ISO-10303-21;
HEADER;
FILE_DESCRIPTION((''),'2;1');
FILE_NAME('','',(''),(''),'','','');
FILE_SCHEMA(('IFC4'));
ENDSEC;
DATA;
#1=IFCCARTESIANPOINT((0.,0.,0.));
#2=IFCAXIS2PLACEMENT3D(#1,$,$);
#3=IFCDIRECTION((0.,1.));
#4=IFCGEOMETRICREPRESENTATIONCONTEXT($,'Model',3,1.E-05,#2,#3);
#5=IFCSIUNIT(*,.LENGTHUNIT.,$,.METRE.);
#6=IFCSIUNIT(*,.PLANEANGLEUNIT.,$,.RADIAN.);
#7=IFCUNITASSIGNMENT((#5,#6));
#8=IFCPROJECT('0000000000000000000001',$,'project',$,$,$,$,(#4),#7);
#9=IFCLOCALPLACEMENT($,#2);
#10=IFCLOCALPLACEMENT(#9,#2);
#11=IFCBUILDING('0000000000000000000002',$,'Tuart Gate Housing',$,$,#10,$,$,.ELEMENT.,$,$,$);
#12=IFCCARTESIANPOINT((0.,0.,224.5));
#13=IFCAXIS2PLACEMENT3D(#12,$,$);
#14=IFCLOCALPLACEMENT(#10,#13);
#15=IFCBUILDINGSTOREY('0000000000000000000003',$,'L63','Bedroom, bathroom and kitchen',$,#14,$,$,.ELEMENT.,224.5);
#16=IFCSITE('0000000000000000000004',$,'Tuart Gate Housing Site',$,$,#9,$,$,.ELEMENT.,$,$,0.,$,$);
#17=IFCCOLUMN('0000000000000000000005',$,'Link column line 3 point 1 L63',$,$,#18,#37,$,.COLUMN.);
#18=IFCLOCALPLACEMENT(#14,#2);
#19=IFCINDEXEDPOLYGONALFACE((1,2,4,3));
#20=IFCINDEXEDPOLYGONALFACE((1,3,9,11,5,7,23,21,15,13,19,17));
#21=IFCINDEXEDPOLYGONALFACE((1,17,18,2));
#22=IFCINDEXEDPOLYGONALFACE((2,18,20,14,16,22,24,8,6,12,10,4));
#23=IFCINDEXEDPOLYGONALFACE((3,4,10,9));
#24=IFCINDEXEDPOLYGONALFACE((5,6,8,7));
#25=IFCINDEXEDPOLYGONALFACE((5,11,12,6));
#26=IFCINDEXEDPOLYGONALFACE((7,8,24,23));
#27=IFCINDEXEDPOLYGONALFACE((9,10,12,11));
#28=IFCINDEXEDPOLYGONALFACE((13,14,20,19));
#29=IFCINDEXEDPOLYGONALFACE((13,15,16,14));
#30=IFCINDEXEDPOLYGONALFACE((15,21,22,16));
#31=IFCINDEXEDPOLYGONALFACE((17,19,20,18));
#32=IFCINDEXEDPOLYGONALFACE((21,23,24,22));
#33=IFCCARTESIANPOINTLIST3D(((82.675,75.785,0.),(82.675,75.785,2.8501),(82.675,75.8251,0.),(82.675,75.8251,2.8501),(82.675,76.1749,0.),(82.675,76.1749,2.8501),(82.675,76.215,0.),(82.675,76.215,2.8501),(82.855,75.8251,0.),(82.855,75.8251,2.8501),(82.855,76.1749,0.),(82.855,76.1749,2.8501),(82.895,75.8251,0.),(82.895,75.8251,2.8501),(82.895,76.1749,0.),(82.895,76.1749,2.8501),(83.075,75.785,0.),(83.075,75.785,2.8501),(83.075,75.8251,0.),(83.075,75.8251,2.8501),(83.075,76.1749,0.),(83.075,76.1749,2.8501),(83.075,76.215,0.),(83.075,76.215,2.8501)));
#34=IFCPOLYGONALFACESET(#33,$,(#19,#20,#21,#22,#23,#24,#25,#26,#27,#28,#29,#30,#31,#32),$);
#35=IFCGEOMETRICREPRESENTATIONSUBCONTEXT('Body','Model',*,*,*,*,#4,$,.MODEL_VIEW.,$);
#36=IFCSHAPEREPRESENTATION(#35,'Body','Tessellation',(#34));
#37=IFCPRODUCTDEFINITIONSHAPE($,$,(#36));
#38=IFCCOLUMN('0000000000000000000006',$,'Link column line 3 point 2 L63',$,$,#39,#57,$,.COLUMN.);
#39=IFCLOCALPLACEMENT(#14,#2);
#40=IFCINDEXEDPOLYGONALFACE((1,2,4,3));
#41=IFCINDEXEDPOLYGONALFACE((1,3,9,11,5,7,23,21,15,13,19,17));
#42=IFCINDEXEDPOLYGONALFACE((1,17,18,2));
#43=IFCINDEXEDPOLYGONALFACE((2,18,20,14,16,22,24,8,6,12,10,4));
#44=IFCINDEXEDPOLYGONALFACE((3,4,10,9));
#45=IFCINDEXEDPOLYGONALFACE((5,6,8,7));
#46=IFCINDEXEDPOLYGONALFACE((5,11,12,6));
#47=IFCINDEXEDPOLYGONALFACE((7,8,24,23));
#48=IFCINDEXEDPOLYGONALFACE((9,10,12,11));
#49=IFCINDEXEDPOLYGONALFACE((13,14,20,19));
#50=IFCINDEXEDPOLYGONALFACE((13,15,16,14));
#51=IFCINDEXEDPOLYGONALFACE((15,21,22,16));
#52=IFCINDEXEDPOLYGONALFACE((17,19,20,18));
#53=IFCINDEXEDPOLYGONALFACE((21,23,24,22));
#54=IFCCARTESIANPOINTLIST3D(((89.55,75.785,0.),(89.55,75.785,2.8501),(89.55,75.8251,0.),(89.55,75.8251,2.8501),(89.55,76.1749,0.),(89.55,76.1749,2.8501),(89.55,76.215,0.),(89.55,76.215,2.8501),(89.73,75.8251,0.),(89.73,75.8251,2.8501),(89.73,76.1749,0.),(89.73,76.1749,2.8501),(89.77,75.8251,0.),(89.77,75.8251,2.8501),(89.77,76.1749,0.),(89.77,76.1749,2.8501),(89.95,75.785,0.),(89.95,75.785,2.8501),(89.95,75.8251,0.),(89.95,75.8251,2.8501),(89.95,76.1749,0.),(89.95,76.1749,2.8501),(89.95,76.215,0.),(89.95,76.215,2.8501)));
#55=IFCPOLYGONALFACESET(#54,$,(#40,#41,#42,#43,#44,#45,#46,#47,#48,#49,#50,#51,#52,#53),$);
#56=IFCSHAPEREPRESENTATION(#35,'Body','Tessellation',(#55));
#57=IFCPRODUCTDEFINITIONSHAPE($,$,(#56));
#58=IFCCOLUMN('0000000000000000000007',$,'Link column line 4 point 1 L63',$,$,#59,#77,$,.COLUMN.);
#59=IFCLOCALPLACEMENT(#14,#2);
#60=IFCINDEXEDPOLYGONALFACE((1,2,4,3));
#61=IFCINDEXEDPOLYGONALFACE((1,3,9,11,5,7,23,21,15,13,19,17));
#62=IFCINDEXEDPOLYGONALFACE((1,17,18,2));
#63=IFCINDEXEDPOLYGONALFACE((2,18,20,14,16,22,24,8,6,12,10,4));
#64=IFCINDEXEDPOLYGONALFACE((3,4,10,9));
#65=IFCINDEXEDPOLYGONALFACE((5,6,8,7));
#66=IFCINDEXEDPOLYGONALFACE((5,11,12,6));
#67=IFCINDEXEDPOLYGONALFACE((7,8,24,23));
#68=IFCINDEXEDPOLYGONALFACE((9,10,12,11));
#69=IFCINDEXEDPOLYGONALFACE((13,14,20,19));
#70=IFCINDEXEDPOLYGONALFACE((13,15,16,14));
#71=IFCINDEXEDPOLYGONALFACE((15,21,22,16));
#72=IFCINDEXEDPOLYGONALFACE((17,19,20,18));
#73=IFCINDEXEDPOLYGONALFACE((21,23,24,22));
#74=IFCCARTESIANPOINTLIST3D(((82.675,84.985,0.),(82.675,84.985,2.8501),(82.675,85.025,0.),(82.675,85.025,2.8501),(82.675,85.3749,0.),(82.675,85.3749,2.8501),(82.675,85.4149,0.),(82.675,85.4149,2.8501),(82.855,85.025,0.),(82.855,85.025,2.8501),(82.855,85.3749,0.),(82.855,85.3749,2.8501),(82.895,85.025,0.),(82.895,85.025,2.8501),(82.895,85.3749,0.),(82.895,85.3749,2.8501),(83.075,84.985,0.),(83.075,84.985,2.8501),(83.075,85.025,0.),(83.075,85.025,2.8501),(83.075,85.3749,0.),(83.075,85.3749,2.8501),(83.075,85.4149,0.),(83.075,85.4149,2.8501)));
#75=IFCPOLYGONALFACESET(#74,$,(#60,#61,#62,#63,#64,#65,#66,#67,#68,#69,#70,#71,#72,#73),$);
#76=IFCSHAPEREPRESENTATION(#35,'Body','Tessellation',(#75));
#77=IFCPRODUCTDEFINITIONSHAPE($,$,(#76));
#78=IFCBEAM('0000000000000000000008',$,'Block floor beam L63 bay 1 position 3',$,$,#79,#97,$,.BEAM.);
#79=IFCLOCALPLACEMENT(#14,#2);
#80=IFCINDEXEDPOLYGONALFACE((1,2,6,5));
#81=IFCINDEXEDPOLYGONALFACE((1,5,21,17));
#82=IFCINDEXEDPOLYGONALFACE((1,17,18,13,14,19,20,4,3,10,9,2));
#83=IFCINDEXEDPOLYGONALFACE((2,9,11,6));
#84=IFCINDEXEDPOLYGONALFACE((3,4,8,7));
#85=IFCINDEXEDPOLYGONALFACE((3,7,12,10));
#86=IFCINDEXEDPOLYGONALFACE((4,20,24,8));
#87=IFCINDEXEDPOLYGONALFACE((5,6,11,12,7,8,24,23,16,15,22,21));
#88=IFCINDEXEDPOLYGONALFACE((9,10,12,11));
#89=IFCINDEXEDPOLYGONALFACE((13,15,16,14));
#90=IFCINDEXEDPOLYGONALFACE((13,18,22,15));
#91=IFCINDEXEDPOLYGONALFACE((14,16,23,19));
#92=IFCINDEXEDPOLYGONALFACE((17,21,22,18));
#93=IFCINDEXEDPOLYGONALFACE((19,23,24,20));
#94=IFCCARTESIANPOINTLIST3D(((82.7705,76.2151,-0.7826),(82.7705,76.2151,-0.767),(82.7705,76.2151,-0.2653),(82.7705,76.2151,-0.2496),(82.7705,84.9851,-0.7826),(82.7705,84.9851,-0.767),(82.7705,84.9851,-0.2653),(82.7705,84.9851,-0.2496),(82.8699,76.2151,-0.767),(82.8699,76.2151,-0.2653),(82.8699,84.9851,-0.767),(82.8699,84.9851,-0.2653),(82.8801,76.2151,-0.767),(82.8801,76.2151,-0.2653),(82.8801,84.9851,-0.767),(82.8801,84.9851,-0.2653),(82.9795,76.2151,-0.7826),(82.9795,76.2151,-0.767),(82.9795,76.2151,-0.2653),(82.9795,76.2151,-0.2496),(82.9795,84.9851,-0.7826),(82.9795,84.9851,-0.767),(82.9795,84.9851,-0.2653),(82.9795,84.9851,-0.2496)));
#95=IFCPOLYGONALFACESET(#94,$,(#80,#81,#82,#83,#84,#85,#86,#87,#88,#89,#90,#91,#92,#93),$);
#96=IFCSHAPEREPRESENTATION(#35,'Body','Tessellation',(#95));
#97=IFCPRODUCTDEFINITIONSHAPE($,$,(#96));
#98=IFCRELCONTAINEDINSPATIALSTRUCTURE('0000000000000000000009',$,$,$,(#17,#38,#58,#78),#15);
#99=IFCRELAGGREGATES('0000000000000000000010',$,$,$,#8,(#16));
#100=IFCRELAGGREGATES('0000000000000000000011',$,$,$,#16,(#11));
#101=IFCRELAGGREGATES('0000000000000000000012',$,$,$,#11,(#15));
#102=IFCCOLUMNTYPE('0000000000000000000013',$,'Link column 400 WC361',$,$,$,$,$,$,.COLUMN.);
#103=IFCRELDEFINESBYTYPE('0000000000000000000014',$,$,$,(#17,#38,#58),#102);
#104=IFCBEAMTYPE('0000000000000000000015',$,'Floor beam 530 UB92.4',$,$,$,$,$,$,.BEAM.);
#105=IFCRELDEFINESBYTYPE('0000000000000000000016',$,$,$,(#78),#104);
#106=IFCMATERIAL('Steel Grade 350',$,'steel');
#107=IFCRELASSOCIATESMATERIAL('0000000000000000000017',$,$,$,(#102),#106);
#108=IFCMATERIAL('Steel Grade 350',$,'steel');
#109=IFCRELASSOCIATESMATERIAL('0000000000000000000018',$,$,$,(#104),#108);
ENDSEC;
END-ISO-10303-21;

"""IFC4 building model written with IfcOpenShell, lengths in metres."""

from ifc_helpers import new_model, si_unit, direction, frame, origin, origin_2d, place, context, subcontext, project, spatial, i_section, extrude, material, material_profile, profile_set, type_object, element, save


model = new_model("IFC4")

# Units and contexts
model_context = context("Model", 3, precision=1e-05, world=origin(), true_north=direction((0.0, 1.0)))
body_context = subcontext(model_context, "Body", "Model", "MODEL_VIEW")
ifc_project = project(units=[si_unit("LENGTHUNIT", "METRE"), si_unit("PLANEANGLEUNIT", "RADIAN")], contexts=[model_context])

# Site, building, storey
site_placement = place(None, origin())
site = spatial("IfcSite", under=ifc_project, at=site_placement, Name="Tuart Gate Housing Site", CompositionType="ELEMENT", RefElevation=0.0)
building_placement = place(site_placement, origin())
building = spatial("IfcBuilding", under=site, at=building_placement, Name="Tuart Gate Housing", CompositionType="ELEMENT")
storey_placement = place(building_placement, frame((0.0, 0.0, 224.5)))
storey = spatial("IfcBuildingStorey", under=building, at=storey_placement, Name="L63", Description="Bedroom, bathroom and kitchen", CompositionType="ELEMENT", Elevation=224.5)

# Columns
ifc_material_1 = material(Name="Steel Grade 350", Category="steel")
ifc_material_profile_1 = material_profile(ifc_material_1, i_section(OverallWidth=0.3999, OverallDepth=0.4299, WebThickness=0.04, FlangeThickness=0.04, at=origin_2d()), Name="400WC361")
ifc_profile_set_1 = profile_set([ifc_material_profile_1], Name="Steel Grade 350")
column_type = type_object("IfcColumnType", Name="Link column 400 WC361", PredefinedType="COLUMN", material=ifc_profile_set_1)
for number, where, z_axis, x_axis, name in (
    (1, (82.875, 76.0, 0.0), (0.0, 0.0, 1.0), (1.0, 0.0, 0.0), "Link column line 3 point 1 L63"),
    (2, (89.75, 76.0, 0.0), (0.0, 0.0, 1.0), (1.0, 0.0, 0.0), "Link column line 3 point 2 L63"),
    (3, (82.875, 85.2, 0.0), (0.0, 0.0, 1.0), (1.0, 0.0, 0.0), "Link column line 4 point 1 L63"),
):
    element("IfcColumn", number, at=place(storey_placement, frame(where, z_axis=z_axis, x_axis=x_axis)), inside=storey, type_object=column_type, Name=name, PredefinedType="COLUMN", context=body_context, shape_type="SweptSolid", body=[
        extrude(i_section(OverallWidth=0.3999, OverallDepth=0.4299, WebThickness=0.04, FlangeThickness=0.04, at=origin_2d()), origin(), (0.0, 0.0, 1.0), 2.8501),
    ])

# Beam
ifc_material_2 = material(Name="Steel Grade 350", Category="steel")
ifc_material_profile_2 = material_profile(ifc_material_2, i_section(OverallWidth=0.209, OverallDepth=0.533, WebThickness=0.0103, FlangeThickness=0.0156, at=origin_2d()), Name="530UB92.4")
ifc_profile_set_2 = profile_set([ifc_material_profile_2], Name="Steel Grade 350")
beam_type = type_object("IfcBeamType", Name="Floor beam 530 UB92.4", PredefinedType="BEAM", material=ifc_profile_set_2)
beam_placement = place(storey_placement, frame((82.875, 76.2151, -0.5161), z_axis=(0.0, 1.0, 0.0), x_axis=(-1.0, 0.0, 0.0)))
element("IfcBeam", 4, at=beam_placement, inside=storey, type_object=beam_type, Name="Block floor beam L63 bay 1 position 3", PredefinedType="BEAM", context=body_context, shape_type="SweptSolid", body=[
    extrude(i_section(OverallWidth=0.209, OverallDepth=0.533, WebThickness=0.0103, FlangeThickness=0.0156, at=origin_2d()), origin(), (0.0, 0.0, 1.0), 8.77),
])

save(model, "model.ifc")
